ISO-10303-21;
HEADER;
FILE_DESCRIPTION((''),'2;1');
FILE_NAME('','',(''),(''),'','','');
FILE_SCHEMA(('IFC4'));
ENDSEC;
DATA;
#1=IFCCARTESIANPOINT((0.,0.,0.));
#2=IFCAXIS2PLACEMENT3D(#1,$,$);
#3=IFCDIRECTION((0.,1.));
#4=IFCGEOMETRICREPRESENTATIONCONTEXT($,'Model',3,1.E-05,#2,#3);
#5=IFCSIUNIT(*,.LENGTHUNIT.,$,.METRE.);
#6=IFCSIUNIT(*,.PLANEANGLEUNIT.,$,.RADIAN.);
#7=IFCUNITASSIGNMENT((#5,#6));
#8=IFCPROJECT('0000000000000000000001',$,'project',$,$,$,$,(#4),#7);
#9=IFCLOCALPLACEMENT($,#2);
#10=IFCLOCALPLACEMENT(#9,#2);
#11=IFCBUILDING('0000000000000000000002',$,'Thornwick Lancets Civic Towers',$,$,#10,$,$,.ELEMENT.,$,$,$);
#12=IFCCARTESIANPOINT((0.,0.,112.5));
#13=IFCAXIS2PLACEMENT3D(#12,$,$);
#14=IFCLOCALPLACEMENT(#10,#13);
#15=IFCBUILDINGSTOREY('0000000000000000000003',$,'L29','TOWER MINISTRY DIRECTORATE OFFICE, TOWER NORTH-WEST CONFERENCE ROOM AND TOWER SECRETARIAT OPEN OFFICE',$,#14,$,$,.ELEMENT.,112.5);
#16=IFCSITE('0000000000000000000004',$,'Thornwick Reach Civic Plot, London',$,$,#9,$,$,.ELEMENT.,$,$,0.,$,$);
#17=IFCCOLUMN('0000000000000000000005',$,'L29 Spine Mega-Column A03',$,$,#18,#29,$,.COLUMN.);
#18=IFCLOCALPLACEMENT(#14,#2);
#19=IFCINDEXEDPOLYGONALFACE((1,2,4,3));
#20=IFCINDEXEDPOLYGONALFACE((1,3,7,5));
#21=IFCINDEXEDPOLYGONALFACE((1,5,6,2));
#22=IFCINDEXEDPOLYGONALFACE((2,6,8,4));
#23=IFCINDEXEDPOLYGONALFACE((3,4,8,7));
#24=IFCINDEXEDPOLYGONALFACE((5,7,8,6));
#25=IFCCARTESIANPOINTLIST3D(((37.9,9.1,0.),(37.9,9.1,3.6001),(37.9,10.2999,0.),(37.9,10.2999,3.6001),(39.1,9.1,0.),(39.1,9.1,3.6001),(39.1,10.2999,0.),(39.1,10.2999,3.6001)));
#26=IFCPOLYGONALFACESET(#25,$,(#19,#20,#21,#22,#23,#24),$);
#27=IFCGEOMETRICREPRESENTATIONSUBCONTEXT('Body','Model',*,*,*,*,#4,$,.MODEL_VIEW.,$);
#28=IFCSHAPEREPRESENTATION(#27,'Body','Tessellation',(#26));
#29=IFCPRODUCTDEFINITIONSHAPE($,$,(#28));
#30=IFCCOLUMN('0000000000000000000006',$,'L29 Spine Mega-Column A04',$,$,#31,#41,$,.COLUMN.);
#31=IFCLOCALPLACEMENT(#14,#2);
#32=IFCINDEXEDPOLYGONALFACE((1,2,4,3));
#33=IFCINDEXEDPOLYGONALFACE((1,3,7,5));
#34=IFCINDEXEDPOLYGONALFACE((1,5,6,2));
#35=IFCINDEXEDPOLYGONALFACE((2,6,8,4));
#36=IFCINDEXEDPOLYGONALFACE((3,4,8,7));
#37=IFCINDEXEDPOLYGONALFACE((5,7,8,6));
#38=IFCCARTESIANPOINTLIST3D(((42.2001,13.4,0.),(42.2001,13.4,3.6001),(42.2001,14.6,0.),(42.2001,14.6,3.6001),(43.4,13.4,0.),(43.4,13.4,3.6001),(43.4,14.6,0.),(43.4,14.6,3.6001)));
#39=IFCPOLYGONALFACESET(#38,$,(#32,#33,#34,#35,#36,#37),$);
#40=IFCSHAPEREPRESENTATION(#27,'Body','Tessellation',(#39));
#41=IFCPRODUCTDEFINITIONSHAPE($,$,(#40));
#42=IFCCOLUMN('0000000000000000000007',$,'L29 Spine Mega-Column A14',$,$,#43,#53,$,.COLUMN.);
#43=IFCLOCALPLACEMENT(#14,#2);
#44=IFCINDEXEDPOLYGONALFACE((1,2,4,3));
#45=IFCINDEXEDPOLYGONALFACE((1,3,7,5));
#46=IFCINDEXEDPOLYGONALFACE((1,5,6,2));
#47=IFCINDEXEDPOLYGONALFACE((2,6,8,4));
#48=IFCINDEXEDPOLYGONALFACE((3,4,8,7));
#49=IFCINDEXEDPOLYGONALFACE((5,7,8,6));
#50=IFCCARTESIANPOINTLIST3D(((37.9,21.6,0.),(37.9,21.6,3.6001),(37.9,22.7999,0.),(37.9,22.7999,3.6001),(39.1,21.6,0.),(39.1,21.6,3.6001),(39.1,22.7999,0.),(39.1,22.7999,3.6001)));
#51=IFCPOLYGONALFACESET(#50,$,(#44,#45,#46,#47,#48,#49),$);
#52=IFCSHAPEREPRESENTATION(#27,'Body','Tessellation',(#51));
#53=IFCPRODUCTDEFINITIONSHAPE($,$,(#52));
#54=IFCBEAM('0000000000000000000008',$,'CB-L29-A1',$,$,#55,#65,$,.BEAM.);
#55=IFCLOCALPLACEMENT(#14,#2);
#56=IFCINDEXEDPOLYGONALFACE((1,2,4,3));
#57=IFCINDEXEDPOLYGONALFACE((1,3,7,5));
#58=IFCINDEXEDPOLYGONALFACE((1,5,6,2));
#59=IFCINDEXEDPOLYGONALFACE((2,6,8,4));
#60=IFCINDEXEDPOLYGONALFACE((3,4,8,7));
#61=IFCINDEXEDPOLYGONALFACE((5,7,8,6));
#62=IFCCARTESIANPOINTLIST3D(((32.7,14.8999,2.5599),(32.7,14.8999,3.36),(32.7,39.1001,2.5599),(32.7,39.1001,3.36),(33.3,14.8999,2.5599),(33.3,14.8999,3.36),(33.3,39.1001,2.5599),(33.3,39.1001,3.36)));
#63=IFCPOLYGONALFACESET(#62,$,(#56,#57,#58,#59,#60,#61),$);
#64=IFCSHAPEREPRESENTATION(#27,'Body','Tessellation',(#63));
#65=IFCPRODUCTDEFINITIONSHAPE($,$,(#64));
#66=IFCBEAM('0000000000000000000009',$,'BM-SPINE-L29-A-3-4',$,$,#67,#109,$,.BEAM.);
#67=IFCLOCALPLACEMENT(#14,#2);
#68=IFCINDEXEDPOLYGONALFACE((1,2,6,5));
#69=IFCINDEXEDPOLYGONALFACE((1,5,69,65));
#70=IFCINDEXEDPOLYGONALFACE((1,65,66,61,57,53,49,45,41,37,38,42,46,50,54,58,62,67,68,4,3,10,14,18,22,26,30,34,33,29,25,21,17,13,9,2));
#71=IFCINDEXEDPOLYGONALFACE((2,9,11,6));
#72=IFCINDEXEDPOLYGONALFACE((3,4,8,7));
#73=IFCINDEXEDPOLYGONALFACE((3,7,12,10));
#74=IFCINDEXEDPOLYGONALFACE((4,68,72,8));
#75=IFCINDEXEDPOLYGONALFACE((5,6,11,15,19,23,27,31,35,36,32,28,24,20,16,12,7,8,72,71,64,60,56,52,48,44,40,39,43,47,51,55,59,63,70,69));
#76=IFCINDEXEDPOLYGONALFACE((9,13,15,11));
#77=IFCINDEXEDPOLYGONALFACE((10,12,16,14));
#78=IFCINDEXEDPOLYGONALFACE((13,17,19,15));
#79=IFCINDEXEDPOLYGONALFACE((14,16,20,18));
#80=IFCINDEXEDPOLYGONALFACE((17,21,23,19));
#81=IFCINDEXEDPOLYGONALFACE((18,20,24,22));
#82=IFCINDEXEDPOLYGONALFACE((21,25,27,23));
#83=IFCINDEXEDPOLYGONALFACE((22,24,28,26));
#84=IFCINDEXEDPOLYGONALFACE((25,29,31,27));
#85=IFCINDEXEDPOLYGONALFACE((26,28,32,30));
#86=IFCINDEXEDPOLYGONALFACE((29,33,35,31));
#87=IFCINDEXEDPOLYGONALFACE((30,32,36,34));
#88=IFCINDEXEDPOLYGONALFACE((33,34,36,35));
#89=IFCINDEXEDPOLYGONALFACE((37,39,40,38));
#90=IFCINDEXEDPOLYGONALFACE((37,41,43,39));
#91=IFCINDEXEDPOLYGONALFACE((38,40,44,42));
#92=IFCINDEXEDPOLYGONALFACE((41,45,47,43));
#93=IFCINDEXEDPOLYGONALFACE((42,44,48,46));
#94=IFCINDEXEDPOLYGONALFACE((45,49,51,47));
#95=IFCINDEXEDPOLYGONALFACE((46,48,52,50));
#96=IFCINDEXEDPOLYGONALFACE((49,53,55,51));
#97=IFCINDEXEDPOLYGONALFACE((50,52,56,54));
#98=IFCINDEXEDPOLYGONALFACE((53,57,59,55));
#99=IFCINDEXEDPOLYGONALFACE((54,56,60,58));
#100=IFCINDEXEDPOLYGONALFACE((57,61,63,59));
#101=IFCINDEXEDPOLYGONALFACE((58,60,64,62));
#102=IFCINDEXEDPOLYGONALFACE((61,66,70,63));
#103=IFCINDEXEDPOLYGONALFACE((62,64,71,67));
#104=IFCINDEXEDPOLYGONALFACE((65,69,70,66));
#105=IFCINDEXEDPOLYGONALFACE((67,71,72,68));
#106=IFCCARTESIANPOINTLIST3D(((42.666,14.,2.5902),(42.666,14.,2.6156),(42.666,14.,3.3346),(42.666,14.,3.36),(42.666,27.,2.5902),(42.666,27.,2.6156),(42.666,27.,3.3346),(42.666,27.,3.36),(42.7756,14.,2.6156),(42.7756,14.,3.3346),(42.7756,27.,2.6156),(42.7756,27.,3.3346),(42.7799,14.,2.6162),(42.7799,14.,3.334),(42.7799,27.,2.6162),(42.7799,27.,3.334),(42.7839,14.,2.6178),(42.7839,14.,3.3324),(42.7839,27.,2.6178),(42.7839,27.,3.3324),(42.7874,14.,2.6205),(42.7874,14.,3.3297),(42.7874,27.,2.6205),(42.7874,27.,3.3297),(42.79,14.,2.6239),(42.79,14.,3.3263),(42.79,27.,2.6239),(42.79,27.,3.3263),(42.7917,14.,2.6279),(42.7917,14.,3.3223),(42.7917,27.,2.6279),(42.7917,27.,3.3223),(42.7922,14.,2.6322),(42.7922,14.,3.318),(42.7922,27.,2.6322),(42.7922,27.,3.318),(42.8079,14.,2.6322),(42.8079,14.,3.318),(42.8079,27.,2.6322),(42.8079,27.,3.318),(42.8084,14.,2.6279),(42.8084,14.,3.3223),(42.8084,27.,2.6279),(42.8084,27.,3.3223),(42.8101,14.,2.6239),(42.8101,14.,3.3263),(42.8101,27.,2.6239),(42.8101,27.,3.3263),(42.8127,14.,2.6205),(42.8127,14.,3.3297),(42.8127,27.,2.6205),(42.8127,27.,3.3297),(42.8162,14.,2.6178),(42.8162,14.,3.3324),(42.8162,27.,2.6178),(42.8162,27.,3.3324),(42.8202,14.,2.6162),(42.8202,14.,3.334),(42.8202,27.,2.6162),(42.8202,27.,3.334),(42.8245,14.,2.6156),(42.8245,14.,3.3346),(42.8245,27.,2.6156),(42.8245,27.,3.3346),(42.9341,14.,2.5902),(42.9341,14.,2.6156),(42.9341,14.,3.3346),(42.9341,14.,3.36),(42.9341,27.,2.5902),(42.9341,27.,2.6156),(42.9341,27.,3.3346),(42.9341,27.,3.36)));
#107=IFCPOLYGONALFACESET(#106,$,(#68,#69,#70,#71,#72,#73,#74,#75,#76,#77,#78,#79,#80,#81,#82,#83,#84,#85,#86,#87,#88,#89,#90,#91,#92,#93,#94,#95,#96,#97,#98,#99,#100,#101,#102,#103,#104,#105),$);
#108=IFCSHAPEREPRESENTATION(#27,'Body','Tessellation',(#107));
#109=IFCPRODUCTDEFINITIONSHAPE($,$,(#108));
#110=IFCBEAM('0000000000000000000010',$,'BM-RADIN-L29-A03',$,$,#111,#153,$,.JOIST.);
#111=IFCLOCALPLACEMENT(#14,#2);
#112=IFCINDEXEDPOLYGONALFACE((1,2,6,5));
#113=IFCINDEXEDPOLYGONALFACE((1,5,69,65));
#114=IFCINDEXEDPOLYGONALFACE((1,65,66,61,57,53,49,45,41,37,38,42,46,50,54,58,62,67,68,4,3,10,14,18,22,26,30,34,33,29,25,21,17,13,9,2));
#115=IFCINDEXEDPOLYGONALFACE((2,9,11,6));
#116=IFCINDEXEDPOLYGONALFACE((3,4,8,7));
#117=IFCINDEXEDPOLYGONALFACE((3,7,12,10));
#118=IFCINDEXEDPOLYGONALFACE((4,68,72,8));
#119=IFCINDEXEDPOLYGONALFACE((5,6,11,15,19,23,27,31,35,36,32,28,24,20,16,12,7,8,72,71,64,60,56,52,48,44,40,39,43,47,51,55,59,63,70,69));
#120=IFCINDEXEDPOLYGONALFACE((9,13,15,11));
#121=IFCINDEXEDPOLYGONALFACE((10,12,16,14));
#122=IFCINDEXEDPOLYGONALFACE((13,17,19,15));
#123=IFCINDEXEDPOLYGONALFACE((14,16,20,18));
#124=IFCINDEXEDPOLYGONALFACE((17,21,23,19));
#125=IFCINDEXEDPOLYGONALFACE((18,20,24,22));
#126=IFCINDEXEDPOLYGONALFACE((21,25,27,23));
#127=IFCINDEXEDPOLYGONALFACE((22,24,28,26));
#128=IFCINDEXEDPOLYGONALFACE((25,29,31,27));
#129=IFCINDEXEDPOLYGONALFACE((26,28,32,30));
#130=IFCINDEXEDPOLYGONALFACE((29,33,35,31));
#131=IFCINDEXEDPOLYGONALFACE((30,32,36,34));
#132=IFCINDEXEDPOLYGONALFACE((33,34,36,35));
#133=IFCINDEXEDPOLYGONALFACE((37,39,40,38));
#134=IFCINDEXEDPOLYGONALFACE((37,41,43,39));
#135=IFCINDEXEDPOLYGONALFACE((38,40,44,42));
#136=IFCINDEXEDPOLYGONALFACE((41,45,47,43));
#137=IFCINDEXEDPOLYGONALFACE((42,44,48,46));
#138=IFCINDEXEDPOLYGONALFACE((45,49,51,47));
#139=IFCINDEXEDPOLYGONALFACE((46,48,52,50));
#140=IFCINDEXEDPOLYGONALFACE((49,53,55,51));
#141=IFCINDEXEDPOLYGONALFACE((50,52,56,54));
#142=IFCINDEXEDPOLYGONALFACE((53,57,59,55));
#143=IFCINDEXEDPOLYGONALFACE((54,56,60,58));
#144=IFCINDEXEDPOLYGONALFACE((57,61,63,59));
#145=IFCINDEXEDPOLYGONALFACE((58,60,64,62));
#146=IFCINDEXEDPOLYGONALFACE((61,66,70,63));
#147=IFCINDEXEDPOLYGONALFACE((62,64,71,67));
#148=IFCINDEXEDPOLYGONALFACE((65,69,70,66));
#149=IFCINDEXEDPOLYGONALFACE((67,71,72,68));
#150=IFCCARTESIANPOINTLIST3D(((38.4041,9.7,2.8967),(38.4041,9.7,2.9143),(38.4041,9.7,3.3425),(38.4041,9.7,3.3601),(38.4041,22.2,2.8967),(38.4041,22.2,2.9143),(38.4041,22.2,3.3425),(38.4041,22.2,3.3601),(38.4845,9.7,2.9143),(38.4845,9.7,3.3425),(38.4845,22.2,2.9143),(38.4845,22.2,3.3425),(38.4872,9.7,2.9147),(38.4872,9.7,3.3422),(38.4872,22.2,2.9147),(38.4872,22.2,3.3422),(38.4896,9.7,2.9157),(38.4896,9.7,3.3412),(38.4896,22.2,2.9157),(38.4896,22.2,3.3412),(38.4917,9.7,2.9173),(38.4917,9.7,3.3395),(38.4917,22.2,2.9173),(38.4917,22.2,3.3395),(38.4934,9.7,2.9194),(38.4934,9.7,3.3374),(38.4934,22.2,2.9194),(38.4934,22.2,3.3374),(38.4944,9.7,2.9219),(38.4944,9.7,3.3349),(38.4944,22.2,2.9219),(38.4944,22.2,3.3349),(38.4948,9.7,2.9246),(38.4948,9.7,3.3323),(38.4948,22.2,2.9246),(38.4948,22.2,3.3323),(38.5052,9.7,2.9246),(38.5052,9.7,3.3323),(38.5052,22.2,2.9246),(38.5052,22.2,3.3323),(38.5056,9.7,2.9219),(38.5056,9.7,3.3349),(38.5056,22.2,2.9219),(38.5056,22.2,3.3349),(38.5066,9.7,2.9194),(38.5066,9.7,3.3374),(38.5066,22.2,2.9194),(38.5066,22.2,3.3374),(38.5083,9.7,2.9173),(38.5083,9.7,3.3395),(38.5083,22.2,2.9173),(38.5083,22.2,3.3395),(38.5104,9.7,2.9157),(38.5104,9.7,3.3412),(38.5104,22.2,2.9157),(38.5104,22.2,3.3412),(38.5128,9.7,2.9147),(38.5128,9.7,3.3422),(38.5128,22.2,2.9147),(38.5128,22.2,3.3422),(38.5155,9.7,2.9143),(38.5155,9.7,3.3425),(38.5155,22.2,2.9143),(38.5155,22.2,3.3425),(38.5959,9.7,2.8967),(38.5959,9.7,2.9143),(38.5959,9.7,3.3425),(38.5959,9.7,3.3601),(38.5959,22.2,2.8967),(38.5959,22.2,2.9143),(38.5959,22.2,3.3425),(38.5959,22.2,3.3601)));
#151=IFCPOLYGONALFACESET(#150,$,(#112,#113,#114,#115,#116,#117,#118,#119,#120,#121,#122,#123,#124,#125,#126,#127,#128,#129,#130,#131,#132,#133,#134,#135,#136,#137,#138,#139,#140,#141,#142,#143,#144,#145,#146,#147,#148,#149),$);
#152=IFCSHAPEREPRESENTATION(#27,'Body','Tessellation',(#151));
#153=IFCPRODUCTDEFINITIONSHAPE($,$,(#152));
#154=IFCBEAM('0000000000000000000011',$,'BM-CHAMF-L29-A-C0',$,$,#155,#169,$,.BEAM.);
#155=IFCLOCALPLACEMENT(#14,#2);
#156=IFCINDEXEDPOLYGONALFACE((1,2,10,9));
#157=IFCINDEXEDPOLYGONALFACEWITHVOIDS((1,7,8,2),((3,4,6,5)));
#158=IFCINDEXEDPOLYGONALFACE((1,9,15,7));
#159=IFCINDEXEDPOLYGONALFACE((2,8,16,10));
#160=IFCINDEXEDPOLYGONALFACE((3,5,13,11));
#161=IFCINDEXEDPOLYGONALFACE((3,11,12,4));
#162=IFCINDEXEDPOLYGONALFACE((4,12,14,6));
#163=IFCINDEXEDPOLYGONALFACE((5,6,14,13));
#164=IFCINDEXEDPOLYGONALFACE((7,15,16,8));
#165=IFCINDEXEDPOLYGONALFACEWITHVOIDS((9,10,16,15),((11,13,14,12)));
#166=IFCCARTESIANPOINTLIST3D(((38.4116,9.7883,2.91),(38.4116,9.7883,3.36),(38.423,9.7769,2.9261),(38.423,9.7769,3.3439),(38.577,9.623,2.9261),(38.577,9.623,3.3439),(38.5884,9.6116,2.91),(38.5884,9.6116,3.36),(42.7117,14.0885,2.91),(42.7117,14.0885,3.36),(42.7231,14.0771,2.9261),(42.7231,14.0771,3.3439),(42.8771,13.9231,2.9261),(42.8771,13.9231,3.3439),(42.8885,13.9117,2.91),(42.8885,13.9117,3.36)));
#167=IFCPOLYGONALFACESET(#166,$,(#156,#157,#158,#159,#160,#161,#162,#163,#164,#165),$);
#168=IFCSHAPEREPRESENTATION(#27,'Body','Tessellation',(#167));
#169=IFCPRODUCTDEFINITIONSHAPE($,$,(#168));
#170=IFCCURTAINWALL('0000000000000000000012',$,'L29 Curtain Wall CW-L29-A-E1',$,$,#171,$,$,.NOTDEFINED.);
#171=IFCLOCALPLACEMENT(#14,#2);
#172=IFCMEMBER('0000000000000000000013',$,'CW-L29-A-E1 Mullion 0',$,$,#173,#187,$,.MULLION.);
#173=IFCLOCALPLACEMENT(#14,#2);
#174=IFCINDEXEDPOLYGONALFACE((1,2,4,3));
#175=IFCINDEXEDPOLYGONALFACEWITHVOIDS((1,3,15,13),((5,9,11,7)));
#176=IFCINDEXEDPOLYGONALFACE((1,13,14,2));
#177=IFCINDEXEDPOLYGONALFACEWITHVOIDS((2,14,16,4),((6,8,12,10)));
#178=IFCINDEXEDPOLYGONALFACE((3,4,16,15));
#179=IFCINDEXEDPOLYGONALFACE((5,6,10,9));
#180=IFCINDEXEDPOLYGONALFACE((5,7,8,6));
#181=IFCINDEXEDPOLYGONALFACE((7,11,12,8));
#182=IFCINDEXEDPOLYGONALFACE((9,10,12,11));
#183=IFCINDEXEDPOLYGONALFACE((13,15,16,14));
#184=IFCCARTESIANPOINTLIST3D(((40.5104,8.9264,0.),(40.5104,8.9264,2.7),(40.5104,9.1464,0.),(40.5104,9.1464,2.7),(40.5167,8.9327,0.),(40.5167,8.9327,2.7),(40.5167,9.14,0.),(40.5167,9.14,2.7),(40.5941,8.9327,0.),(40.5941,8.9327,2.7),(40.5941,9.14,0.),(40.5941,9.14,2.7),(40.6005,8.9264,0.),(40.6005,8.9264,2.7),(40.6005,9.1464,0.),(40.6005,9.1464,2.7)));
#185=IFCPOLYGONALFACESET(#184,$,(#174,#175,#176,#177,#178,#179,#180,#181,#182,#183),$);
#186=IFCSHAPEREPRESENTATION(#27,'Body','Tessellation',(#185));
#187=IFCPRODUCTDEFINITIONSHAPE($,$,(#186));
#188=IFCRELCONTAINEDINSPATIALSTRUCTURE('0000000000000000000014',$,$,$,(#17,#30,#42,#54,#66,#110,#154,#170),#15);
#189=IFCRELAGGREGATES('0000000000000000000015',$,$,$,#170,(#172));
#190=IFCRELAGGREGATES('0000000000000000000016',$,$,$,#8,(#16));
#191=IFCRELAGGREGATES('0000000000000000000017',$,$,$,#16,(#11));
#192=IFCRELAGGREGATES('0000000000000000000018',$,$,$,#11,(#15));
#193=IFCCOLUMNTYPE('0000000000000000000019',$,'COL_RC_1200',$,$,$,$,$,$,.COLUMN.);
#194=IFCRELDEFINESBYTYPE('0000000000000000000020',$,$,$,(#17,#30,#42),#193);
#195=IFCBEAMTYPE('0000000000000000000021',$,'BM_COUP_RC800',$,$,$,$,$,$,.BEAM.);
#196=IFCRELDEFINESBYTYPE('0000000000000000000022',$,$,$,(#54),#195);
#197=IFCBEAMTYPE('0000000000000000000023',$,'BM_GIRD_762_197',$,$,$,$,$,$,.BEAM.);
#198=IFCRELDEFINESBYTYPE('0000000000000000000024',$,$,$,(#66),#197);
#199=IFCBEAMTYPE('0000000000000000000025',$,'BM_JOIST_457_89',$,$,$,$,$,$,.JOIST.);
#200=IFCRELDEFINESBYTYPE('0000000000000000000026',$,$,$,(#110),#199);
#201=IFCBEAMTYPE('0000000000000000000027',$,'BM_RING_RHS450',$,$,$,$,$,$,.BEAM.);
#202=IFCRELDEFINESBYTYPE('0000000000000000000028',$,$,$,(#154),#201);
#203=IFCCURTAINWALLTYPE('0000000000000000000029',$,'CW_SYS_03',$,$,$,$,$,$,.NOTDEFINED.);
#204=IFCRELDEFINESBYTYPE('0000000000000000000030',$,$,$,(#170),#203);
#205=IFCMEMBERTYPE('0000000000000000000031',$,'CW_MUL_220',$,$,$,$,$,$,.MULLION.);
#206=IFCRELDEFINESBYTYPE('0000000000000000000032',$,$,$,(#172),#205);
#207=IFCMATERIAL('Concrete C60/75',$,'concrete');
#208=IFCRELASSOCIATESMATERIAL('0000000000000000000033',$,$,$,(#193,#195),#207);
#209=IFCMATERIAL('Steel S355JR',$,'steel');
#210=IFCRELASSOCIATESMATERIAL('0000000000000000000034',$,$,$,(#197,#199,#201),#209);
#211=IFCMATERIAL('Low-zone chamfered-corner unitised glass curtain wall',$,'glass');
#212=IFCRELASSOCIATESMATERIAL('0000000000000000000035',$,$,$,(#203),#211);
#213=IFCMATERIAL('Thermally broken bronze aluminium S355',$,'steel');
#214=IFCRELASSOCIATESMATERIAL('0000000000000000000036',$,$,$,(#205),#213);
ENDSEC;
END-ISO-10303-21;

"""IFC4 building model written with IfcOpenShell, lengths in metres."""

from ifc_helpers import new_model, si_unit, direction, frame, origin, origin_2d, place, context, subcontext, project, spatial, rectangle, hollow_rectangle, i_section, extrude, material, material_profile, profile_set, type_object, element, aggregate, save


model = new_model("IFC4")

# Units and contexts
model_context = context("Model", 3, precision=1e-05, world=origin(), true_north=direction((0.0, 1.0)))
body_context = subcontext(model_context, "Body", "Model", "MODEL_VIEW")
ifc_project = project(units=[si_unit("LENGTHUNIT", "METRE"), si_unit("PLANEANGLEUNIT", "RADIAN")], contexts=[model_context])

# Site, building, storey
site_placement = place(None, origin())
site = spatial("IfcSite", under=ifc_project, at=site_placement, Name="Thornwick Reach Civic Plot, London", CompositionType="ELEMENT", RefElevation=0.0)
building_placement = place(site_placement, origin())
building = spatial("IfcBuilding", under=site, at=building_placement, Name="Thornwick Lancets Civic Towers", CompositionType="ELEMENT")
storey_placement = place(building_placement, frame((0.0, 0.0, 112.5)))
storey = spatial("IfcBuildingStorey", under=building, at=storey_placement, Name="L29", Description="TOWER MINISTRY DIRECTORATE OFFICE, TOWER NORTH-WEST CONFERENCE ROOM AND TOWER SECRETARIAT OPEN OFFICE", CompositionType="ELEMENT", Elevation=112.5)

# Columns
ifc_material_1 = material(Name="Concrete C60/75", Category="concrete")
ifc_material_profile_1 = material_profile(ifc_material_1, rectangle(XDim=1.2, YDim=1.2, at=origin_2d()), Name="RC 1200x1200")
ifc_profile_set_1 = profile_set([ifc_material_profile_1], Name="Concrete C60/75")
column_type = type_object("IfcColumnType", Name="COL_RC_1200", PredefinedType="COLUMN", material=ifc_profile_set_1)
for number, where, z_axis, x_axis, name in (
    (1, (38.5, 9.7, 0.0), (0.0, 0.0, 1.0), (1.0, 0.0, 0.0), "L29 Spine Mega-Column A03"),
    (2, (42.8, 14.0, 0.0), (0.0, 0.0, 1.0), (1.0, 0.0, 0.0), "L29 Spine Mega-Column A04"),
    (3, (38.5, 22.2, 0.0), (0.0, 0.0, 1.0), (1.0, 0.0, 0.0), "L29 Spine Mega-Column A14"),
):
    element("IfcColumn", number, at=place(storey_placement, frame(where, z_axis=z_axis, x_axis=x_axis)), inside=storey, type_object=column_type, Name=name, PredefinedType="COLUMN", context=body_context, shape_type="SweptSolid", body=[
        extrude(rectangle(XDim=1.2, YDim=1.2, at=origin_2d()), origin(), (0.0, 0.0, 1.0), 3.6001),
    ])

# Beams
ifc_material_profile_2 = material_profile(ifc_material_1, rectangle(XDim=0.6001, YDim=0.8, at=origin_2d()), Name="RC 600x800")
ifc_profile_set_2 = profile_set([ifc_material_profile_2], Name="Concrete C60/75")
beam_type_1 = type_object("IfcBeamType", Name="BM_COUP_RC800", PredefinedType="BEAM", material=ifc_profile_set_2)
beam_1_placement = place(storey_placement, frame((33.0, 14.8999, 2.96), z_axis=(0.0, 1.0, 0.0), x_axis=(-1.0, 0.0, 0.0)))
element("IfcBeam", 4, at=beam_1_placement, inside=storey, type_object=beam_type_1, Name="CB-L29-A1", PredefinedType="BEAM", context=body_context, shape_type="SweptSolid", body=[
    extrude(rectangle(XDim=0.6001, YDim=0.8, at=origin_2d()), origin(), (0.0, 0.0, 1.0), 24.2002),
])
ifc_material_2 = material(Name="Steel S355JR", Category="steel")
ifc_material_profile_3 = material_profile(ifc_material_2, i_section(OverallWidth=0.2681, OverallDepth=0.7698, WebThickness=0.0156, FlangeThickness=0.0254, FilletRadius=0.0166, at=origin_2d()), Name="UKB 762x267x197")
ifc_profile_set_3 = profile_set([ifc_material_profile_3], Name="Steel S355JR")
beam_type_2 = type_object("IfcBeamType", Name="BM_GIRD_762_197", PredefinedType="BEAM", material=ifc_profile_set_3)
beam_2_placement = place(storey_placement, frame((42.8, 14.0, 2.9751), z_axis=(0.0, 1.0, 0.0), x_axis=(-1.0, 0.0, 0.0)))
element("IfcBeam", 5, at=beam_2_placement, inside=storey, type_object=beam_type_2, Name="BM-SPINE-L29-A-3-4", PredefinedType="BEAM", context=body_context, shape_type="SweptSolid", body=[
    extrude(i_section(OverallWidth=0.2681, OverallDepth=0.7698, WebThickness=0.0156, FlangeThickness=0.0254, FilletRadius=0.0166, at=origin_2d()), origin(), (0.0, 0.0, 1.0), 13.0),
])
ifc_material_profile_4 = material_profile(ifc_material_2, i_section(OverallWidth=0.1919, OverallDepth=0.4634, WebThickness=0.0105, FlangeThickness=0.0176, FilletRadius=0.0103, at=origin_2d()), Name="UKB 457x191x89")
ifc_profile_set_4 = profile_set([ifc_material_profile_4], Name="Steel S355JR")
beam_type_3 = type_object("IfcBeamType", Name="BM_JOIST_457_89", PredefinedType="JOIST", material=ifc_profile_set_4)
beam_3_placement = place(storey_placement, frame((38.5, 22.2, 3.1284), z_axis=(0.0, -1.0, 0.0), x_axis=(1.0, 0.0, 0.0)))
element("IfcBeam", 6, at=beam_3_placement, inside=storey, type_object=beam_type_3, Name="BM-RADIN-L29-A03", PredefinedType="JOIST", context=body_context, shape_type="SweptSolid", body=[
    extrude(i_section(OverallWidth=0.1919, OverallDepth=0.4634, WebThickness=0.0105, FlangeThickness=0.0176, FilletRadius=0.0103, at=origin_2d()), origin(), (0.0, 0.0, 1.0), 12.5),
])
ifc_material_profile_5 = material_profile(ifc_material_2, hollow_rectangle(XDim=0.25, YDim=0.45, WallThickness=0.0161, at=origin_2d()), Name="RHS 450x250x16")
ifc_profile_set_5 = profile_set([ifc_material_profile_5], Name="Steel S355JR")
beam_type_4 = type_object("IfcBeamType", Name="BM_RING_RHS450", PredefinedType="BEAM", material=ifc_profile_set_5)
beam_4_placement = place(storey_placement, frame((38.5, 9.7, 3.135), z_axis=(0.707107, 0.707107, 0.0), x_axis=(-0.707107, 0.707107, 0.0)))
element("IfcBeam", 7, at=beam_4_placement, inside=storey, type_object=beam_type_4, Name="BM-CHAMF-L29-A-C0", PredefinedType="BEAM", context=body_context, shape_type="SweptSolid", body=[
    extrude(hollow_rectangle(XDim=0.25, YDim=0.45, WallThickness=0.0161, at=origin_2d()), origin(), (0.0, 0.0, 1.0), 6.0813),
])

# Curtain wall, member
ifc_material_3 = material(Name="Low-zone chamfered-corner unitised glass curtain wall", Category="glass")
curtain_wall_type = type_object("IfcCurtainWallType", Name="CW_SYS_03", PredefinedType="NOTDEFINED", material=ifc_material_3)
curtain_wall_placement = place(storey_placement, origin())
curtain_wall = element("IfcCurtainWall", 8, at=curtain_wall_placement, inside=storey, type_object=curtain_wall_type, Name="L29 Curtain Wall CW-L29-A-E1", PredefinedType="NOTDEFINED")
ifc_material_4 = material(Name="Thermally broken bronze aluminium S355", Category="steel")
ifc_material_profile_6 = material_profile(ifc_material_4, hollow_rectangle(XDim=0.0901, YDim=0.22, WallThickness=0.0063, at=origin_2d()), Name="RHS 220x90x6.3")
ifc_profile_set_6 = profile_set([ifc_material_profile_6], Name="Thermally broken bronze aluminium S355")
member_type_1 = type_object("IfcMemberType", Name="CW_MUL_220", PredefinedType="MULLION", material=ifc_profile_set_6)
member_1_placement = place(storey_placement, frame((40.5554, 9.0364, 0.0), z_axis=(0.0, 0.0, 1.0), x_axis=(1.0, 0.0, 0.0)))
member_1 = element("IfcMember", 9, at=member_1_placement, type_object=member_type_1, Name="CW-L29-A-E1 Mullion 0", PredefinedType="MULLION", context=body_context, shape_type="SweptSolid", body=[
    extrude(hollow_rectangle(XDim=0.0901, YDim=0.22, WallThickness=0.0063, at=origin_2d()), origin(), (0.0, 0.0, 1.0), 2.7),
])
aggregate(curtain_wall, [member_1])

save(model, "model.ifc")
